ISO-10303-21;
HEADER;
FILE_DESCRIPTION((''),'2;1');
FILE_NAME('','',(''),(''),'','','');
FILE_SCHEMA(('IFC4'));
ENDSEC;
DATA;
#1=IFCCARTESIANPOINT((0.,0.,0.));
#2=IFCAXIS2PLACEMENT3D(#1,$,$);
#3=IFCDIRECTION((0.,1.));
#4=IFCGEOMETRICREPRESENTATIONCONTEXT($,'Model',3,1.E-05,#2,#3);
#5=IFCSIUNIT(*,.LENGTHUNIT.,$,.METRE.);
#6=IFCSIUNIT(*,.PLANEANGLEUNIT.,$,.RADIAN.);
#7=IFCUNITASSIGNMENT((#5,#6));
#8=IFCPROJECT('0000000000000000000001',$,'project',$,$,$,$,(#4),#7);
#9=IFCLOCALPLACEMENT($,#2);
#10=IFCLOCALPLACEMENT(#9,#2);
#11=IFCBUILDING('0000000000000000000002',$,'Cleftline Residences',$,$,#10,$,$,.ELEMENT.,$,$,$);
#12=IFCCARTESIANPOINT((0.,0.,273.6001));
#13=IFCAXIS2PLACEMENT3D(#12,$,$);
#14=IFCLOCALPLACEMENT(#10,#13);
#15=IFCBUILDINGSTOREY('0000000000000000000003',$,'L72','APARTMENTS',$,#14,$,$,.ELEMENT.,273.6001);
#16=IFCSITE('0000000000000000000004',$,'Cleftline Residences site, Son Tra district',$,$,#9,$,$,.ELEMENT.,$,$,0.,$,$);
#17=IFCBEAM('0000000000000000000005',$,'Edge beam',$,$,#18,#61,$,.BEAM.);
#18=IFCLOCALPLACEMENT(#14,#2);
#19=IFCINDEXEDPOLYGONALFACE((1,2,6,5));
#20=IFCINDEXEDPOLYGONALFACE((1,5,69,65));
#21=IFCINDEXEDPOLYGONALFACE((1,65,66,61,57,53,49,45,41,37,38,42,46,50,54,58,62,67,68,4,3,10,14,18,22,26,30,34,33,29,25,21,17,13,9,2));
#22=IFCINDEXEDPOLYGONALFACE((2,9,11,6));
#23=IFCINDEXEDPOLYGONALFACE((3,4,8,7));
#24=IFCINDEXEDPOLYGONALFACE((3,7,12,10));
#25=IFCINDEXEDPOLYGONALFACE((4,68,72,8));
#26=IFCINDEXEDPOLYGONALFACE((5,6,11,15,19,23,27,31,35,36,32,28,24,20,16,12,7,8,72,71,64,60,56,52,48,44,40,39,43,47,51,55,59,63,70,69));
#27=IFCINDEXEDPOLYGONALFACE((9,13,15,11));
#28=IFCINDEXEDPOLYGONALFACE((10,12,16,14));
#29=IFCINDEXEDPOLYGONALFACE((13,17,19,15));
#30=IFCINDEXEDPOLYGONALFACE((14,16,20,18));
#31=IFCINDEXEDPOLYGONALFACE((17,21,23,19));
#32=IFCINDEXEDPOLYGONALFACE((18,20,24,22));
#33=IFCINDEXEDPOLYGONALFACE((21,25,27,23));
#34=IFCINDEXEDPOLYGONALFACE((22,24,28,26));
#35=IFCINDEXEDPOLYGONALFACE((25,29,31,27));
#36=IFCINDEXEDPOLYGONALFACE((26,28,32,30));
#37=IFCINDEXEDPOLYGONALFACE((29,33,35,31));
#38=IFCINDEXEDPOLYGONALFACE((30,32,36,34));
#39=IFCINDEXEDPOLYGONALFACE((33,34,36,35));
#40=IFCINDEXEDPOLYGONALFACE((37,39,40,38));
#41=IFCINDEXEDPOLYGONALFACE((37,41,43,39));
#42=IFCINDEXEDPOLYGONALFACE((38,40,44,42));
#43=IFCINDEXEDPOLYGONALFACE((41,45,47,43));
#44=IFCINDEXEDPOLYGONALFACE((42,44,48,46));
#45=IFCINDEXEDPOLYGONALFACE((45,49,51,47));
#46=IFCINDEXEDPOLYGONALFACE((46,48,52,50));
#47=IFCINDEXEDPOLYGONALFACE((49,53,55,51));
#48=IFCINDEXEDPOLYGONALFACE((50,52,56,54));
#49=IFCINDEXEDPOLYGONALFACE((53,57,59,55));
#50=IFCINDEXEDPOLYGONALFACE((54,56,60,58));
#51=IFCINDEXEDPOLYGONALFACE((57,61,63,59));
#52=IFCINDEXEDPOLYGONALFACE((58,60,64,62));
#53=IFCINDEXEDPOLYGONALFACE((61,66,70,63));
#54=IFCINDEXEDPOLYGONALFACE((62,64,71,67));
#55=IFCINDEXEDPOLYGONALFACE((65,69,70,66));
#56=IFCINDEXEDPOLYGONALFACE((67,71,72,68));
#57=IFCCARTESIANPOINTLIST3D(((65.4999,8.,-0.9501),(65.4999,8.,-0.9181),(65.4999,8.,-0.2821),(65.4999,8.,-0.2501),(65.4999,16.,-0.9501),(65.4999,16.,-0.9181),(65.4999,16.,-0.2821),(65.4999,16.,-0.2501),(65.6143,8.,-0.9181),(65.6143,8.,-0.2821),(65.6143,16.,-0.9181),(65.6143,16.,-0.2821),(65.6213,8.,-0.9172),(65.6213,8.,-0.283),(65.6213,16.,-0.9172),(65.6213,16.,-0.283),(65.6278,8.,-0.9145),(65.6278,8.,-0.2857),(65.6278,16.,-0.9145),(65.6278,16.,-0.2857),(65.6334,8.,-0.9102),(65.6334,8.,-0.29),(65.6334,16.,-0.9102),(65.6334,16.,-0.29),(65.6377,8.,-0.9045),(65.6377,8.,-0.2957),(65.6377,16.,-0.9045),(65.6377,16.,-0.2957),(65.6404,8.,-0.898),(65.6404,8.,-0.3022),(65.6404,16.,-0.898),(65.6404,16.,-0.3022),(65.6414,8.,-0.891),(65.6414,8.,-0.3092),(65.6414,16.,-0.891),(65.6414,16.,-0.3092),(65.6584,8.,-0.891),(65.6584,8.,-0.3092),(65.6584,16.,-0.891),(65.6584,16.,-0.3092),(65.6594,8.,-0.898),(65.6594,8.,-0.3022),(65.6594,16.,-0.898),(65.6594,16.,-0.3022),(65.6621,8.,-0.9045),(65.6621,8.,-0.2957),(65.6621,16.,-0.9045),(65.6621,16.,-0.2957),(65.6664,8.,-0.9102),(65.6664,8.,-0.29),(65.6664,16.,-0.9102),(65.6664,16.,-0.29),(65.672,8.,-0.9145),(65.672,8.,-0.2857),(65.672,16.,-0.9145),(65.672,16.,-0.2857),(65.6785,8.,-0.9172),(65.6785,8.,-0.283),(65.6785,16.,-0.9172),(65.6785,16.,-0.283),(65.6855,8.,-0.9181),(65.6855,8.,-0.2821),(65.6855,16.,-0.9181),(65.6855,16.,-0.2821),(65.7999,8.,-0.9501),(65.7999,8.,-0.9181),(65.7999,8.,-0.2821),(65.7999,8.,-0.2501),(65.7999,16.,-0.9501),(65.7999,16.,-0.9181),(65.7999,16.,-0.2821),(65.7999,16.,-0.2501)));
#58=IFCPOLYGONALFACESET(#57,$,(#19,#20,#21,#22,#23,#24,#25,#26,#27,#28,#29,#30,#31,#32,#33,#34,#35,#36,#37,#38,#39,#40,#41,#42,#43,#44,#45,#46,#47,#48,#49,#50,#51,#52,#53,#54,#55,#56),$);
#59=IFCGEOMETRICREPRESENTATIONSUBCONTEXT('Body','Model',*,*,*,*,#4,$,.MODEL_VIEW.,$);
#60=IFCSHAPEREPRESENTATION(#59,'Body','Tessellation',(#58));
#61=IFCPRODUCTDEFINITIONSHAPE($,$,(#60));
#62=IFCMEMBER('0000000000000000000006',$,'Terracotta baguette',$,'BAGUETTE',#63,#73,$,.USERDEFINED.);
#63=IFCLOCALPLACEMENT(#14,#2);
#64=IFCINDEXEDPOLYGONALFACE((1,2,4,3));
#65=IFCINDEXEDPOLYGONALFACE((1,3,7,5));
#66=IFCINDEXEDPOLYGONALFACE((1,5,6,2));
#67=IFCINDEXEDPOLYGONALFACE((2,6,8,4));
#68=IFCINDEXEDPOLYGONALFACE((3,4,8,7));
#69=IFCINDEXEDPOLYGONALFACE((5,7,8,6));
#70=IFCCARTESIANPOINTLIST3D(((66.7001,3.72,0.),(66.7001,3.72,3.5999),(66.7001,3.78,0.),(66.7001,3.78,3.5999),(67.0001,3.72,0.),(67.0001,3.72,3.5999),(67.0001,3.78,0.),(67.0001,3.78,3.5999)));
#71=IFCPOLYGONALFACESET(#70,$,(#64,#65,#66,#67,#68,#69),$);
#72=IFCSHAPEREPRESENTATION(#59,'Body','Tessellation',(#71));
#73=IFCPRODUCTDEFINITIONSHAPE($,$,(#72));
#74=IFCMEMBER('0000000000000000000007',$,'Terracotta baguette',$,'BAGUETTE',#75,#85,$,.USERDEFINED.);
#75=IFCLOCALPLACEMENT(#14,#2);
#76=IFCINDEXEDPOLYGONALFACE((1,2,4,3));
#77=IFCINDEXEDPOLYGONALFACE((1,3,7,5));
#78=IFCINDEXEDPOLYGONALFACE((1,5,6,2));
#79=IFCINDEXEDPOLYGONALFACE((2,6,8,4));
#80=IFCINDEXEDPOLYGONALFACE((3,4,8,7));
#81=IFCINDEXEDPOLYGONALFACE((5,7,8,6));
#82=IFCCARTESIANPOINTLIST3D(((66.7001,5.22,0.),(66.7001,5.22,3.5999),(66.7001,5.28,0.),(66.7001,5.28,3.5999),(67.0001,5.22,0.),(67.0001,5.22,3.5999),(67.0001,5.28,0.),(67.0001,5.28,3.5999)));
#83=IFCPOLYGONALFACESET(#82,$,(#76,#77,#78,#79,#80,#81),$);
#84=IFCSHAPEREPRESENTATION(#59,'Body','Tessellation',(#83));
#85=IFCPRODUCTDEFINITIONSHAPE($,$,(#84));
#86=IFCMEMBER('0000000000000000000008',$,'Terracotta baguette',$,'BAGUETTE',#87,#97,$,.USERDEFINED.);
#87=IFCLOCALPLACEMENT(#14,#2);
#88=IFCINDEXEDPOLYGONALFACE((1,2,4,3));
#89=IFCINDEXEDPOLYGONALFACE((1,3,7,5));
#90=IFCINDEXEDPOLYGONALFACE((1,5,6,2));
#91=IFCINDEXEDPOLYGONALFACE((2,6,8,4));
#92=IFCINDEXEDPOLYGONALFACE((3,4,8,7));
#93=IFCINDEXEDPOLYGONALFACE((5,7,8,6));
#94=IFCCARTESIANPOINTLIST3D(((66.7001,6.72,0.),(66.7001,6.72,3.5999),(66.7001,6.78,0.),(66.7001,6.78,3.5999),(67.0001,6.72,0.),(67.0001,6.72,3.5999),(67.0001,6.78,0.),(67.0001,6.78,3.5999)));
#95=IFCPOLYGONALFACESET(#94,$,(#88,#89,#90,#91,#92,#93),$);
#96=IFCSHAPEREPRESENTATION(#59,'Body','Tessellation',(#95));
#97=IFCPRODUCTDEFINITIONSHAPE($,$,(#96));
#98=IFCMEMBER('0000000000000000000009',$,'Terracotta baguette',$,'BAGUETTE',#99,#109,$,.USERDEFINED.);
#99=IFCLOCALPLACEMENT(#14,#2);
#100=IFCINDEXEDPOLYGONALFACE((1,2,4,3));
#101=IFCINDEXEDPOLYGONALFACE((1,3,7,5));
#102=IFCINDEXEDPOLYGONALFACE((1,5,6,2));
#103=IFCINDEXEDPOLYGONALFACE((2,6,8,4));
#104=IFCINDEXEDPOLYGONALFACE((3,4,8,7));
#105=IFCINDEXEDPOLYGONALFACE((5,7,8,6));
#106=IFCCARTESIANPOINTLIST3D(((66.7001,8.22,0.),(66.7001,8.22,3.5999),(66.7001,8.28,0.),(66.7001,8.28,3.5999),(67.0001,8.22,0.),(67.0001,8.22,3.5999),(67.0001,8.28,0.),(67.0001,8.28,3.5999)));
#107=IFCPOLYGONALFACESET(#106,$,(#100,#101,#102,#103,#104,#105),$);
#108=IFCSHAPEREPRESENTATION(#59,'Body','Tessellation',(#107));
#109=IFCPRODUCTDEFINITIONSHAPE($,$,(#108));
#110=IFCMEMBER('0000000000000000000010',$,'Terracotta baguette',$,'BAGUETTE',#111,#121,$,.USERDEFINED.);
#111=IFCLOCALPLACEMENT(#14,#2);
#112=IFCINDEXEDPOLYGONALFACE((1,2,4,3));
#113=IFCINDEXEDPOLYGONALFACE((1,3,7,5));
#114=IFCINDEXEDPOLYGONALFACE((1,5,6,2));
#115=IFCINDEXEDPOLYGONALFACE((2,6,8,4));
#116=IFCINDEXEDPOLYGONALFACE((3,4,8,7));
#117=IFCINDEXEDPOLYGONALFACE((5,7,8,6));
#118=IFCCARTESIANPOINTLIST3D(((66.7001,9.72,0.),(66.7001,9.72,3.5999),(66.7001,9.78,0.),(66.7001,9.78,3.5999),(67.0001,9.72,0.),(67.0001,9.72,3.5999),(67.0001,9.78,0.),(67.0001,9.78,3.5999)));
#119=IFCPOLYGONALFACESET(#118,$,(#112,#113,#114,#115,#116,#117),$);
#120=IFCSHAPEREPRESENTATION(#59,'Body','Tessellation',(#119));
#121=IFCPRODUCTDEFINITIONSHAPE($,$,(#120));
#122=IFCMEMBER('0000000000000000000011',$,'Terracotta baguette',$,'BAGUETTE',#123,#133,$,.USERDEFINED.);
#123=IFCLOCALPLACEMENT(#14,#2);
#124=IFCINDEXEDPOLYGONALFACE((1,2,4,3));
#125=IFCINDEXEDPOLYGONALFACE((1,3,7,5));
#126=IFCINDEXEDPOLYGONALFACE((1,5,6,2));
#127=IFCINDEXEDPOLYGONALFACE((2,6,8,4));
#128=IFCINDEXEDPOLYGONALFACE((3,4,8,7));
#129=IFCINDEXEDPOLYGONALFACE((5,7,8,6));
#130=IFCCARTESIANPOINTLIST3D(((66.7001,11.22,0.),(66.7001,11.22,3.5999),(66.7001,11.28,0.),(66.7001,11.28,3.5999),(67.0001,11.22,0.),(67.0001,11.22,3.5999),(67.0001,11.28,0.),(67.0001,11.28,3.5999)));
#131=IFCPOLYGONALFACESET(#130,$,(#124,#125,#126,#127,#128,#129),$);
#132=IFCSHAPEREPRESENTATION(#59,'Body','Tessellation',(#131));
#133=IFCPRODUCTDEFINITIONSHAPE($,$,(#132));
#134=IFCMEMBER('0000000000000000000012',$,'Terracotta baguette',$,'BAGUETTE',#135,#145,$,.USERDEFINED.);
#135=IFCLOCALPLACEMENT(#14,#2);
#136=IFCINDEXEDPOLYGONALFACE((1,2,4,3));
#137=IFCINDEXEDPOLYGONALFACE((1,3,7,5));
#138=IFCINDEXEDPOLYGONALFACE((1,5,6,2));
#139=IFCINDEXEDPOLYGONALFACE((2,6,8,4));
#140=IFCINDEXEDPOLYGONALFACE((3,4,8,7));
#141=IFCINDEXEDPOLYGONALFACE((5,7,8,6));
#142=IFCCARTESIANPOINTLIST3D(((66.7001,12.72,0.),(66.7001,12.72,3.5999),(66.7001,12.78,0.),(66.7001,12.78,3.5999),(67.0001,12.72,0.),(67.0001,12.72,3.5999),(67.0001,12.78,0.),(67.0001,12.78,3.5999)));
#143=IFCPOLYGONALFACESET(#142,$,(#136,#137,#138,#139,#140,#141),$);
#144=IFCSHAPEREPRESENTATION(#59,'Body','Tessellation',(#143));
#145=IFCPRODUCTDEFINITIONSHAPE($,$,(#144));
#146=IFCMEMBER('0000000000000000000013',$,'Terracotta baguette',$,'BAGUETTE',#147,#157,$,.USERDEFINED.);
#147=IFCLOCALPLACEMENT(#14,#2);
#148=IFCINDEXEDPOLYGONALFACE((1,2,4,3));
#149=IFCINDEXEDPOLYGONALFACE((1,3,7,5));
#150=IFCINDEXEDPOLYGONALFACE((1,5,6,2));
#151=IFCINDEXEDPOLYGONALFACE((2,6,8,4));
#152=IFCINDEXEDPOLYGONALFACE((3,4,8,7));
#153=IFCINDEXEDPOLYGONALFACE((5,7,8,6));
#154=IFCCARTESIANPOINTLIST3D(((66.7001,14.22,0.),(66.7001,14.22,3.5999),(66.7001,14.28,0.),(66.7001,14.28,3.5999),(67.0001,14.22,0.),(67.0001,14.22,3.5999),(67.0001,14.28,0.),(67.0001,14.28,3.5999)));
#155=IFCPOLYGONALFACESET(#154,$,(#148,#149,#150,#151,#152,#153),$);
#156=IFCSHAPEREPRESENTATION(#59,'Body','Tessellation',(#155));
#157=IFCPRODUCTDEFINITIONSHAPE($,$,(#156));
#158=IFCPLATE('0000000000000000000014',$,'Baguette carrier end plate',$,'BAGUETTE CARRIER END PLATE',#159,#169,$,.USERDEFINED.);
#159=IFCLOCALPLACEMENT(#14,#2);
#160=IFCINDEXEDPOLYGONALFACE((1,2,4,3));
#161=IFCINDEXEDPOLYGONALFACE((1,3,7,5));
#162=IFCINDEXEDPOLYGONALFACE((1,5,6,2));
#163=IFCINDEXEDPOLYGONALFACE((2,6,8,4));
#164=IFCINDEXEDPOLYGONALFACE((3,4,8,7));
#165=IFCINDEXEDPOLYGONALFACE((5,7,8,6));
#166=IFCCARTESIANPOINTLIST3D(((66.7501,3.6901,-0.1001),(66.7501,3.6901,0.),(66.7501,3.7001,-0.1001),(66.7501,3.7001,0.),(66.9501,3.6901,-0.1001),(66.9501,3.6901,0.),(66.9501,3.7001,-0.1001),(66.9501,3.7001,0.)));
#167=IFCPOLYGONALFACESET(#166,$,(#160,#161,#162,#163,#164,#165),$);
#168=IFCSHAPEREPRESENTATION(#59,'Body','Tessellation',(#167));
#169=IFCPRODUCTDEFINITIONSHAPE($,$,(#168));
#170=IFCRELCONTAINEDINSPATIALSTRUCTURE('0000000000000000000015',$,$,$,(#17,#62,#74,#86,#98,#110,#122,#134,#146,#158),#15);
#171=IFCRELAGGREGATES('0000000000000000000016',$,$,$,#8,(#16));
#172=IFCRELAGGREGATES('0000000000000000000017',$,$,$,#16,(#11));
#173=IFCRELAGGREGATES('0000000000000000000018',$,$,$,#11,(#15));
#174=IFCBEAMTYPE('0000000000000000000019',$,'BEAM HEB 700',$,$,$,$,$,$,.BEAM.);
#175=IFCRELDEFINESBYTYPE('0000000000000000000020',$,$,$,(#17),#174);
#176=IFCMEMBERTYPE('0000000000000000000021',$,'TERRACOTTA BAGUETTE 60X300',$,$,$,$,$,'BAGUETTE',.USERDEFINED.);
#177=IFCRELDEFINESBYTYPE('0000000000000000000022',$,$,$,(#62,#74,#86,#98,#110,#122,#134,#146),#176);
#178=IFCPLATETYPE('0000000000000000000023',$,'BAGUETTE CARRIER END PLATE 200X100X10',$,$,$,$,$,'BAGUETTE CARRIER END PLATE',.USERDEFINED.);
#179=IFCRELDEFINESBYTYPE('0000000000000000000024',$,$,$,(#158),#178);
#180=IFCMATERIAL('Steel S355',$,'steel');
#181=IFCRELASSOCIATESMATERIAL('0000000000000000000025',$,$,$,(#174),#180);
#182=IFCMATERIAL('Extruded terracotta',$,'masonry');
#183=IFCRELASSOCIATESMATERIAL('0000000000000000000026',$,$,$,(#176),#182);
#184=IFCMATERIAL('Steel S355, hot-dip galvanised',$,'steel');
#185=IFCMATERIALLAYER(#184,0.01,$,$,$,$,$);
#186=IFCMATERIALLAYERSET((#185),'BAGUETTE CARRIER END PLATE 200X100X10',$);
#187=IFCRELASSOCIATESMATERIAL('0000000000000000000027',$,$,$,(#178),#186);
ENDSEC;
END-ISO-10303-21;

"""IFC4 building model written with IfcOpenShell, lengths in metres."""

from ifc_helpers import new_model, si_unit, direction, frame, origin, origin_2d, place, context, subcontext, project, spatial, rectangle, i_section, extrude, material, layer, layer_set, material_profile, profile_set, type_object, element, save


model = new_model("IFC4")

# Units and contexts
model_context = context("Model", 3, precision=1e-05, world=origin(), true_north=direction((0.0, 1.0)))
body_context = subcontext(model_context, "Body", "Model", "MODEL_VIEW")
ifc_project = project(units=[si_unit("LENGTHUNIT", "METRE"), si_unit("PLANEANGLEUNIT", "RADIAN")], contexts=[model_context])

# Site, building, storey
site_placement = place(None, origin())
site = spatial("IfcSite", under=ifc_project, at=site_placement, Name="Cleftline Residences site, Son Tra district", CompositionType="ELEMENT", RefElevation=0.0)
building_placement = place(site_placement, origin())
building = spatial("IfcBuilding", under=site, at=building_placement, Name="Cleftline Residences", CompositionType="ELEMENT")
storey_placement = place(building_placement, frame((0.0, 0.0, 273.6001)))
storey = spatial("IfcBuildingStorey", under=building, at=storey_placement, Name="L72", Description="APARTMENTS", CompositionType="ELEMENT", Elevation=273.6001)

# Beam
ifc_material_1 = material(Name="Steel S355", Category="steel")
ifc_material_profile_1 = material_profile(ifc_material_1, i_section(OverallWidth=0.3, OverallDepth=0.7, WebThickness=0.0171, FlangeThickness=0.032, FilletRadius=0.0271, at=origin_2d()))
ifc_profile_set_1 = profile_set([ifc_material_profile_1], Name="Steel S355")
beam_type = type_object("IfcBeamType", Name="BEAM HEB 700", PredefinedType="BEAM", material=ifc_profile_set_1)
beam_placement = place(storey_placement, frame((65.6499, 8.0, -0.6001), z_axis=(0.0, 1.0, 0.0), x_axis=(-1.0, 0.0, 0.0)))
element("IfcBeam", 1, at=beam_placement, inside=storey, type_object=beam_type, Name="Edge beam", PredefinedType="BEAM", context=body_context, shape_type="SweptSolid", body=[
    extrude(i_section(OverallWidth=0.3, OverallDepth=0.7, WebThickness=0.0171, FlangeThickness=0.032, FilletRadius=0.0271, at=origin_2d()), origin(), (0.0, 0.0, 1.0), 8.0),
])

# Members
ifc_material_2 = material(Name="Extruded terracotta", Category="masonry")
ifc_material_profile_2 = material_profile(ifc_material_2, rectangle(XDim=0.0601, YDim=0.3, at=origin_2d()))
ifc_profile_set_2 = profile_set([ifc_material_profile_2], Name="Extruded terracotta")
member_type_1 = type_object("IfcMemberType", Name="TERRACOTTA BAGUETTE 60X300", ElementType="BAGUETTE", PredefinedType="USERDEFINED", material=ifc_profile_set_2)
for number, where, z_axis, x_axis, name in (
    (2, (66.8501, 3.75, 0.0), (0.0, 0.0, 1.0), (0.0, 1.0, 0.0), "Terracotta baguette"),
    (3, (66.8501, 5.25, 0.0), (0.0, 0.0, 1.0), (0.0, 1.0, 0.0), "Terracotta baguette"),
    (4, (66.8501, 6.75, 0.0), (0.0, 0.0, 1.0), (0.0, 1.0, 0.0), "Terracotta baguette"),
    (5, (66.8501, 8.25, 0.0), (0.0, 0.0, 1.0), (0.0, 1.0, 0.0), "Terracotta baguette"),
    (6, (66.8501, 9.75, 0.0), (0.0, 0.0, 1.0), (0.0, 1.0, 0.0), "Terracotta baguette"),
    (7, (66.8501, 11.25, 0.0), (0.0, 0.0, 1.0), (0.0, 1.0, 0.0), "Terracotta baguette"),
    (8, (66.8501, 12.75, 0.0), (0.0, 0.0, 1.0), (0.0, 1.0, 0.0), "Terracotta baguette"),
    (9, (66.8501, 14.25, 0.0), (0.0, 0.0, 1.0), (0.0, 1.0, 0.0), "Terracotta baguette"),
):
    element("IfcMember", number, at=place(storey_placement, frame(where, z_axis=z_axis, x_axis=x_axis)), inside=storey, type_object=member_type_1, Name=name, ObjectType="BAGUETTE", PredefinedType="USERDEFINED", context=body_context, shape_type="SweptSolid", body=[
        extrude(rectangle(XDim=0.0601, YDim=0.3, at=origin_2d()), origin(), (0.0, 0.0, 1.0), 3.5999),
    ])

# Plate
ifc_material_3 = material(Name="Steel S355, hot-dip galvanised", Category="steel")
ifc_layer_1 = layer(ifc_material_3, 0.01)
ifc_layer_set_1 = layer_set([ifc_layer_1], Name="BAGUETTE CARRIER END PLATE 200X100X10")
plate_type = type_object("IfcPlateType", Name="BAGUETTE CARRIER END PLATE 200X100X10", ElementType="BAGUETTE CARRIER END PLATE", PredefinedType="USERDEFINED", material=ifc_layer_set_1)
plate_placement = place(storey_placement, frame((66.8501, 3.6951, -0.1001), z_axis=(0.0, 0.0, 1.0), x_axis=(1.0, 0.0, 0.0)))
element("IfcPlate", 10, at=plate_placement, inside=storey, type_object=plate_type, Name="Baguette carrier end plate", ObjectType="BAGUETTE CARRIER END PLATE", PredefinedType="USERDEFINED", context=body_context, shape_type="SweptSolid", body=[
    extrude(rectangle(XDim=0.2, YDim=0.01, at=origin_2d()), origin(), (0.0, 0.0, 1.0), 0.1001),
])

save(model, "model.ifc")
